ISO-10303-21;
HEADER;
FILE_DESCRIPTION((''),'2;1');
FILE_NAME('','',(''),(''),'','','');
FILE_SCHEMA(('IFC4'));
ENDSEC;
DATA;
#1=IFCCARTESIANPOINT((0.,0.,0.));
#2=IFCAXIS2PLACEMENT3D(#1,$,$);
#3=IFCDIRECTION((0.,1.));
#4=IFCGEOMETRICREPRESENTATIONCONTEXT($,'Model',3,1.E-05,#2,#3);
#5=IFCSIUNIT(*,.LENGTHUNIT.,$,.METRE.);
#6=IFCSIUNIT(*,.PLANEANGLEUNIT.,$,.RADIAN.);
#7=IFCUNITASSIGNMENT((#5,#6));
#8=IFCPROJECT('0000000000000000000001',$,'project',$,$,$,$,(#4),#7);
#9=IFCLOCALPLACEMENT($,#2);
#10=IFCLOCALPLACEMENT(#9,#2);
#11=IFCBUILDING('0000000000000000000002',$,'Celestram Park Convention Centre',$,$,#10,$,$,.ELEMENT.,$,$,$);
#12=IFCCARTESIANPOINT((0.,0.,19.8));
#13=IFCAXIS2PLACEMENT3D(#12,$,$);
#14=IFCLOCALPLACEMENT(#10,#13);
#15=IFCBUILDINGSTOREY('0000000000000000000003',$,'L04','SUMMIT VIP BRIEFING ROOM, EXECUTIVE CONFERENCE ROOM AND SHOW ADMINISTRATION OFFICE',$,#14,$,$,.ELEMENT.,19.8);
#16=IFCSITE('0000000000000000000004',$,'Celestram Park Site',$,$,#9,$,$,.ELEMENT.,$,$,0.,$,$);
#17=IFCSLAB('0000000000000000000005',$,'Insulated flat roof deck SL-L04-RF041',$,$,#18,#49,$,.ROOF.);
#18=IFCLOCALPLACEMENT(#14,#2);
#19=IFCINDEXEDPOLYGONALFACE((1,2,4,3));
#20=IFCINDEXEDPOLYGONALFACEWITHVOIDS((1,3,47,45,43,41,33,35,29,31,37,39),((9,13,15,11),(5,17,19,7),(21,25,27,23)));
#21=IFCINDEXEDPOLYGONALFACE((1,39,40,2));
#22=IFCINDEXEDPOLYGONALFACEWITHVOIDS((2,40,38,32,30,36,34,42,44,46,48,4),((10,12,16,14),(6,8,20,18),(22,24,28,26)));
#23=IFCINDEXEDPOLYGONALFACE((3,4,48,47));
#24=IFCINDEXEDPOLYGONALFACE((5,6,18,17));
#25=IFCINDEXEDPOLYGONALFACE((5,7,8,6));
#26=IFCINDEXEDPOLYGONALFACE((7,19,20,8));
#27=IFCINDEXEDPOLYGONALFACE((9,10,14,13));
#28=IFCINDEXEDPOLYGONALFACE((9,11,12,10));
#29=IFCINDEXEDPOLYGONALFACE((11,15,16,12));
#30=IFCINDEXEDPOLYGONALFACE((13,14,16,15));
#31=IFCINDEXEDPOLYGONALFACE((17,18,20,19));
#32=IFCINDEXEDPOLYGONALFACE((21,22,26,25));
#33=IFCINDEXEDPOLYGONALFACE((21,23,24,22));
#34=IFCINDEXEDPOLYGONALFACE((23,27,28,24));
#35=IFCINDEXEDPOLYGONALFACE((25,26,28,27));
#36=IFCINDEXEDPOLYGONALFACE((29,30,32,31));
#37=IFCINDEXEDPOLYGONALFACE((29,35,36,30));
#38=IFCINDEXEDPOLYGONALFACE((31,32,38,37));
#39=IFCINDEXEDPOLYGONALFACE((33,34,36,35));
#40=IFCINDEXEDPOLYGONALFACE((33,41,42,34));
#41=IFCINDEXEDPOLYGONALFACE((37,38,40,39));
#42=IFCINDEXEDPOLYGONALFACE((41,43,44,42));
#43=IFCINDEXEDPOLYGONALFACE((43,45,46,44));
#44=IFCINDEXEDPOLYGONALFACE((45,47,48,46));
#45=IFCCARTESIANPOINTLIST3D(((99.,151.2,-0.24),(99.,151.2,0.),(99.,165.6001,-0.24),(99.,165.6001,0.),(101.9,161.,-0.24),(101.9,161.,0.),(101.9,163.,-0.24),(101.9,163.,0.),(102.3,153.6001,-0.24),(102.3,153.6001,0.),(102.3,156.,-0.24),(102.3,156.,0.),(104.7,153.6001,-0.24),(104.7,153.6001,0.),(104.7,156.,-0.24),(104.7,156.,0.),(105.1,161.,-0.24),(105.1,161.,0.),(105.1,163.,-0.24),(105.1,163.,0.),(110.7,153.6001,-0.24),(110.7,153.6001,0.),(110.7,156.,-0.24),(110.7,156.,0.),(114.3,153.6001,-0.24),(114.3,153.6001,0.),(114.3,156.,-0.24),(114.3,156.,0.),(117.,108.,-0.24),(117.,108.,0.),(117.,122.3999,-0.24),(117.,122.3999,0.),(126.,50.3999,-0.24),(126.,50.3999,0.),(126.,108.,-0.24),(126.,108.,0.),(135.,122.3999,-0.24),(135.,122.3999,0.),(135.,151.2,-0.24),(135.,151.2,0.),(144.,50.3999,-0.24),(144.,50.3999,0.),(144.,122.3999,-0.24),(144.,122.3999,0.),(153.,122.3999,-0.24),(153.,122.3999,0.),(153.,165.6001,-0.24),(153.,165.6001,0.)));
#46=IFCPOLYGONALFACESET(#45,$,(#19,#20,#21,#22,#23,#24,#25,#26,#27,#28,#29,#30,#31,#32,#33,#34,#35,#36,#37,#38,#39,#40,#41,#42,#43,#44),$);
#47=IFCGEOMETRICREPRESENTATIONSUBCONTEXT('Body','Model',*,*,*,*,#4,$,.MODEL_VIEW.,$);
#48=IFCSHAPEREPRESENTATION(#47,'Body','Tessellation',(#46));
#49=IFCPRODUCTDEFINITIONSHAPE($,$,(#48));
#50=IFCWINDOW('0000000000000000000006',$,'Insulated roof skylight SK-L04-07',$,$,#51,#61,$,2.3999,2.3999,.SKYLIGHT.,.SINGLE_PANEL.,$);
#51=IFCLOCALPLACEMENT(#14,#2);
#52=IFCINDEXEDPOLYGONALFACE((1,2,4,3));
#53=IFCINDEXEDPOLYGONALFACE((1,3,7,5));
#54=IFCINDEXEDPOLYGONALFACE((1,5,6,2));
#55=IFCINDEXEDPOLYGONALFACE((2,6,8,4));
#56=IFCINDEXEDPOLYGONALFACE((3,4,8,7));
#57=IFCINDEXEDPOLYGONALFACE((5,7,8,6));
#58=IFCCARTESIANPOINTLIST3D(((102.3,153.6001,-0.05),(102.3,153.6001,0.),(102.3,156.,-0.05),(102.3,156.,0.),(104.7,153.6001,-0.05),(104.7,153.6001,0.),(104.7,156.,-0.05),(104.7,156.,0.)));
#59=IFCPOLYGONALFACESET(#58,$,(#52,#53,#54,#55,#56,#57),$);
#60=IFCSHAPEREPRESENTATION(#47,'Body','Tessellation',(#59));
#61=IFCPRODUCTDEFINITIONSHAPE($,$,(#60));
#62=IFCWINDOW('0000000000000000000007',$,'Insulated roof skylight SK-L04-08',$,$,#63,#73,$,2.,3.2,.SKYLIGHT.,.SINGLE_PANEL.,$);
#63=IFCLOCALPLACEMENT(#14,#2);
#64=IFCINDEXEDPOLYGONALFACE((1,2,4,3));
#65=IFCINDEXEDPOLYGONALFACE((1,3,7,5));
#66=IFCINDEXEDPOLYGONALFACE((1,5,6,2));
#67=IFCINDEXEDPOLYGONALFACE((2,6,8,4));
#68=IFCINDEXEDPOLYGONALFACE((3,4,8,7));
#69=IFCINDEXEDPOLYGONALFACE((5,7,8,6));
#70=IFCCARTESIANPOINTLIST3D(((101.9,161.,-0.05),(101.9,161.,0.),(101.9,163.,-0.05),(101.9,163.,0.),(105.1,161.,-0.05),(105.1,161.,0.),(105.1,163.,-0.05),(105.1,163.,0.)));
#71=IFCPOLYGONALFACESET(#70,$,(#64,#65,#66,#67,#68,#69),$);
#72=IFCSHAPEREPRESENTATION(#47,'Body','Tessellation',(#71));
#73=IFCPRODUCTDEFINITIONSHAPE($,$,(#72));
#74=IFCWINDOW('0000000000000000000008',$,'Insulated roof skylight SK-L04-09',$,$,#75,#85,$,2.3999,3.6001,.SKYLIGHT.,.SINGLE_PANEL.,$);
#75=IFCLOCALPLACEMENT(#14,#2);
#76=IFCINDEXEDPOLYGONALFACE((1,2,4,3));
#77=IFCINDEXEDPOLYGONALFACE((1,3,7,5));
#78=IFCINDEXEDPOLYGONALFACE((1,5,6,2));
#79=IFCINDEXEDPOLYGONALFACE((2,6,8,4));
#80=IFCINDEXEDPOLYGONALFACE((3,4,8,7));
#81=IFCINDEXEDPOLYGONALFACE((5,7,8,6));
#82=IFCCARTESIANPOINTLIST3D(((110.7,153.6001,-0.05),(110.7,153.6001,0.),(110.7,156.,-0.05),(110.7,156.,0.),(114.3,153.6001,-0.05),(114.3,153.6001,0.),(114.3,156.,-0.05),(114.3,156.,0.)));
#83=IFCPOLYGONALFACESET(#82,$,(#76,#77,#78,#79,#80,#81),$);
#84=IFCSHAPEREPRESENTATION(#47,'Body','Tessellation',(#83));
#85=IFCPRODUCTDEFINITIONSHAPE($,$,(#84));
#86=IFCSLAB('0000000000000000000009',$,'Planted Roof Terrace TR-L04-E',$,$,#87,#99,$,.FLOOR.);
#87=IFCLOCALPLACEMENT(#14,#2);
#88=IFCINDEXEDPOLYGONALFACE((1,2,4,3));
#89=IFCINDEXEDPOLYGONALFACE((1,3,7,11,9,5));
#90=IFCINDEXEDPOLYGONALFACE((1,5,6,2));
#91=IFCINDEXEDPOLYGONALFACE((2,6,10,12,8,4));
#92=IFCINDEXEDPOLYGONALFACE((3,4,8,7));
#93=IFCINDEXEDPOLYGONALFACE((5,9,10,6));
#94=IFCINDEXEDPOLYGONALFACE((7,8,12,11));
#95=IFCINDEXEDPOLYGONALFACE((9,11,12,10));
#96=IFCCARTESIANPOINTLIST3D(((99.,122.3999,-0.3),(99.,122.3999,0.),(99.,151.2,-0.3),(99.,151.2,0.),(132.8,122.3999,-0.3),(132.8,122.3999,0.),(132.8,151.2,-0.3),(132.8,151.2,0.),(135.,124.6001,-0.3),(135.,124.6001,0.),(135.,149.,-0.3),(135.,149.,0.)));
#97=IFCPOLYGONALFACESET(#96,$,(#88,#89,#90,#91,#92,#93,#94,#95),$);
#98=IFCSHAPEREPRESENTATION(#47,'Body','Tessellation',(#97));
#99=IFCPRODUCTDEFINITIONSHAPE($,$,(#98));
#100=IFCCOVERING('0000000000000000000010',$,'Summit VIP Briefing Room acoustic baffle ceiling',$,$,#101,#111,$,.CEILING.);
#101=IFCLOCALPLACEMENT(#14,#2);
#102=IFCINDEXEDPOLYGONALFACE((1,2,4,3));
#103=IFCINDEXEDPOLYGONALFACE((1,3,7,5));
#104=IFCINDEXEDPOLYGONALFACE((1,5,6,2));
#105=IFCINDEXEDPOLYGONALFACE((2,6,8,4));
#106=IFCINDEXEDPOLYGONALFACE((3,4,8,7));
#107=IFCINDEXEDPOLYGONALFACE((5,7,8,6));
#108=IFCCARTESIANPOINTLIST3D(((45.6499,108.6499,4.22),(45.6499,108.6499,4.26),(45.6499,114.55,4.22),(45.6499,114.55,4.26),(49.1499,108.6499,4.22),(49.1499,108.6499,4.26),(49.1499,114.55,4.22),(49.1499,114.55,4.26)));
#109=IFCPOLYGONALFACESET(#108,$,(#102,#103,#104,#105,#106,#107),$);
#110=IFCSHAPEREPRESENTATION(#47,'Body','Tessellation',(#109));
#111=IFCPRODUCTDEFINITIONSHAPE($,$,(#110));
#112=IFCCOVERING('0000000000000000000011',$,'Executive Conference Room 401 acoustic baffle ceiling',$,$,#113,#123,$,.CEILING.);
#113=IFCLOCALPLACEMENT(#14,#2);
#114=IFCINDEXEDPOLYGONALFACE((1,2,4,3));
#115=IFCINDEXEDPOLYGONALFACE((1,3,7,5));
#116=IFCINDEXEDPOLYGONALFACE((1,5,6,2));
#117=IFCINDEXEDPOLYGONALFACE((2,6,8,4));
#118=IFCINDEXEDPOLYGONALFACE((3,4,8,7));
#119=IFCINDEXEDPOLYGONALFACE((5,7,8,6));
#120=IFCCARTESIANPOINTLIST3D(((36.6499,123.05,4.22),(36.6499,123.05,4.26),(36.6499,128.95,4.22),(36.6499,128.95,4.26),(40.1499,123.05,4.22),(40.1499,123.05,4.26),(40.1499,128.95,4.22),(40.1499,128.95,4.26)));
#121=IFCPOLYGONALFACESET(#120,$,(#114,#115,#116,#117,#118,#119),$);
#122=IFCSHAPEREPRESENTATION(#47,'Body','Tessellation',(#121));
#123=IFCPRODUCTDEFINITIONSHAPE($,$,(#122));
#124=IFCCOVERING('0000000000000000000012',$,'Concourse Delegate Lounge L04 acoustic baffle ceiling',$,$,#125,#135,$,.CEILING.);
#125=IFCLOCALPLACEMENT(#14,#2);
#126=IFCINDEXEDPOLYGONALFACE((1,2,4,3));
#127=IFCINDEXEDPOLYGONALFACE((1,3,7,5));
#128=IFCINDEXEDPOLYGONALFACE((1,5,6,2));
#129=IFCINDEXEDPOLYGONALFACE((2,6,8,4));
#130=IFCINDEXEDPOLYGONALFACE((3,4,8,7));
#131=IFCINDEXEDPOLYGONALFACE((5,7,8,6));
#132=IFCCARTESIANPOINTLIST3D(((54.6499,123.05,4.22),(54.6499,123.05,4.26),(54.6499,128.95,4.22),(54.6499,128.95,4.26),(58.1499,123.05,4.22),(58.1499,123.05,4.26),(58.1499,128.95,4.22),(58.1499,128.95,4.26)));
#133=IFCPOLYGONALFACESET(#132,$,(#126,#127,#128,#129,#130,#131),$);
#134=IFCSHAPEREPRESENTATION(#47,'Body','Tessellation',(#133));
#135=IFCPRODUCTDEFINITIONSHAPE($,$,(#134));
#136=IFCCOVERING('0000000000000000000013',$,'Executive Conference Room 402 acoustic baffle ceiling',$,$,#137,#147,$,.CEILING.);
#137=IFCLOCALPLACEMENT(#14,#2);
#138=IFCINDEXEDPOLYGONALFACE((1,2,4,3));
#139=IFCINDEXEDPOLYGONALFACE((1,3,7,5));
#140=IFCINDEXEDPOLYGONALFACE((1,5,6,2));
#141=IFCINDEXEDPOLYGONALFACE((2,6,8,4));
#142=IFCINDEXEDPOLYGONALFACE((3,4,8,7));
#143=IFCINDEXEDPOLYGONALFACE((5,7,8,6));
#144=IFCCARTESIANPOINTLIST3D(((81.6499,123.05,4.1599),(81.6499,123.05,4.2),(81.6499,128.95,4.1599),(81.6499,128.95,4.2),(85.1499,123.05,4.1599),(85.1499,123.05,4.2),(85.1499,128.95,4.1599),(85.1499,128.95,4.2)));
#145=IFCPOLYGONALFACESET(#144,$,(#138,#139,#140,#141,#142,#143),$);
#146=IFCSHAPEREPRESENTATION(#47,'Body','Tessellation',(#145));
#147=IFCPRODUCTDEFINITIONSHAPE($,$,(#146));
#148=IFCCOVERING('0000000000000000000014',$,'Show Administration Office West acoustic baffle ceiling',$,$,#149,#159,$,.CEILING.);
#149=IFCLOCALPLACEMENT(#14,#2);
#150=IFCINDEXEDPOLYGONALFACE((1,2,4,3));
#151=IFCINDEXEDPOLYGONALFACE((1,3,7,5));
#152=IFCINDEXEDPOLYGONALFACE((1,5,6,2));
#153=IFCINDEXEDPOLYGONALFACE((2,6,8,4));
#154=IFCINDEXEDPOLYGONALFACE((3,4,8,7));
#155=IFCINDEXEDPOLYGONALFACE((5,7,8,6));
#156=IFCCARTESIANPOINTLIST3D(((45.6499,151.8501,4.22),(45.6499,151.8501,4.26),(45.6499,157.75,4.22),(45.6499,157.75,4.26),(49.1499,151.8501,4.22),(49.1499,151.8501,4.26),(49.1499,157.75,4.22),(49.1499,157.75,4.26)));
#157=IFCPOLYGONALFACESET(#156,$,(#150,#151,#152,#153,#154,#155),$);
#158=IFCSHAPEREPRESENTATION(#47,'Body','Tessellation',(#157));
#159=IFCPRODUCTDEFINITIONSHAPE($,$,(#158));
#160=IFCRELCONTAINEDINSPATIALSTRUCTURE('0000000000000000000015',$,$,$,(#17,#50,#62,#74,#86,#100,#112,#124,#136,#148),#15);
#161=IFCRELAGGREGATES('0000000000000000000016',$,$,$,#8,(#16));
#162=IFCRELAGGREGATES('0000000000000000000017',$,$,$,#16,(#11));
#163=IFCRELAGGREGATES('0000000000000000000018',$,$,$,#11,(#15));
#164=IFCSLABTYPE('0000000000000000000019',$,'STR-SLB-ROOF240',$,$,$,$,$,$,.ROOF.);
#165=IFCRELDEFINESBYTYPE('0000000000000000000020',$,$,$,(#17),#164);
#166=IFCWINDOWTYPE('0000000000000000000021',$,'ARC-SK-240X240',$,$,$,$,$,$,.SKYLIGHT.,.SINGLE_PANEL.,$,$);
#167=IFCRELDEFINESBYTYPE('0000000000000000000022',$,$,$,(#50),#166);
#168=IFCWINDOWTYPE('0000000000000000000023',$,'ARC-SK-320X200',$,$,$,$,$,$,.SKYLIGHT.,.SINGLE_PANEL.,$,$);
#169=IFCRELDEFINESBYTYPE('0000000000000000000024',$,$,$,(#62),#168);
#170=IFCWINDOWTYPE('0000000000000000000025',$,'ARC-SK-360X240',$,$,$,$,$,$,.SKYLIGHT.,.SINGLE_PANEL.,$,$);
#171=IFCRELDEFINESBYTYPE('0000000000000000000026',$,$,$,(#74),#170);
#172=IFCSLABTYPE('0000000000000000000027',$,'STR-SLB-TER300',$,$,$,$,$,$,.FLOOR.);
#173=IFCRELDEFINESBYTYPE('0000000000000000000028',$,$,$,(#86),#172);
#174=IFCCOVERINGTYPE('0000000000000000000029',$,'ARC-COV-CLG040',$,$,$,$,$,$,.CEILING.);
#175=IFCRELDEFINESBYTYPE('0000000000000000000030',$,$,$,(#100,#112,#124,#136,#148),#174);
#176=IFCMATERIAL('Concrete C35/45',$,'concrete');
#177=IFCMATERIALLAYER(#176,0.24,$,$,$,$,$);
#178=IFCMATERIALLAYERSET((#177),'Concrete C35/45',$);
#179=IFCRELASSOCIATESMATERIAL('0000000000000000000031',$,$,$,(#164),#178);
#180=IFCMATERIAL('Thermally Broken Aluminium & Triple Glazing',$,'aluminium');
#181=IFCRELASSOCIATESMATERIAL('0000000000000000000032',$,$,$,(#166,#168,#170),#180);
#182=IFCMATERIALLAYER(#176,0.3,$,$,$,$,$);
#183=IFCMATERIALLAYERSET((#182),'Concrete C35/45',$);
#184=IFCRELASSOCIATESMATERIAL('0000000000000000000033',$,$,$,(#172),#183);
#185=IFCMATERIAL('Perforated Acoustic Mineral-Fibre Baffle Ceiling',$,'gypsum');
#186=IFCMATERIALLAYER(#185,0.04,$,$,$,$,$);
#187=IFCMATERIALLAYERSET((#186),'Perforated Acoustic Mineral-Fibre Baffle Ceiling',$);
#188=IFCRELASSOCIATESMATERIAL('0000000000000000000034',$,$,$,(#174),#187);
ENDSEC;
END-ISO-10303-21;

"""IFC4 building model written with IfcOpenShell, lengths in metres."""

from ifc_helpers import new_model, si_unit, direction, frame, origin, origin_2d, place, context, subcontext, project, spatial, polyline, rectangle, outline, extrude, material, layer, layer_set, type_object, element, fill, save


model = new_model("IFC4")

# Units and contexts
model_context = context("Model", 3, precision=1e-05, world=origin(), true_north=direction((0.0, 1.0)))
body_context = subcontext(model_context, "Body", "Model", "MODEL_VIEW")
ifc_project = project(units=[si_unit("LENGTHUNIT", "METRE"), si_unit("PLANEANGLEUNIT", "RADIAN")], contexts=[model_context])

# Site, building, storey
site_placement = place(None, origin())
site = spatial("IfcSite", under=ifc_project, at=site_placement, Name="Celestram Park Site", CompositionType="ELEMENT", RefElevation=0.0)
building_placement = place(site_placement, origin())
building = spatial("IfcBuilding", under=site, at=building_placement, Name="Celestram Park Convention Centre", CompositionType="ELEMENT")
storey_placement = place(building_placement, frame((0.0, 0.0, 19.8)))
storey = spatial("IfcBuildingStorey", under=building, at=storey_placement, Name="L04", Description="SUMMIT VIP BRIEFING ROOM, EXECUTIVE CONFERENCE ROOM AND SHOW ADMINISTRATION OFFICE", CompositionType="ELEMENT", Elevation=19.8)

# Shared definitions
ifc_material_1 = material(Name="Concrete C35/45", Category="concrete")

# Slab, openings, windows
ifc_layer_1 = layer(ifc_material_1, 0.24)
ifc_layer_set_1 = layer_set([ifc_layer_1], Name="Concrete C35/45")
slab_type_1 = type_object("IfcSlabType", Name="STR-SLB-ROOF240", PredefinedType="ROOF", material=ifc_layer_set_1)
slab_1_placement = place(storey_placement, frame((0.0, 0.0, -0.24)))
slab_1 = element("IfcSlab", 1, at=slab_1_placement, inside=storey, type_object=slab_type_1, Name="Insulated flat roof deck SL-L04-RF041", PredefinedType="ROOF", context=body_context, shape_type="SweptSolid", body=[
    extrude(outline(polyline([(126.0, 108.0), (117.0, 108.0), (117.0, 122.3999), (135.0, 122.3999), (135.0, 151.2), (99.0, 151.2), (99.0, 165.6001), (153.0, 165.6001), (153.0, 122.3999), (144.0, 122.3999), (144.0, 50.3999), (126.0, 50.3999), (126.0, 108.0)])), origin(), (0.0, 0.0, 1.0), 0.24),
])
opening_1_placement = place(slab_1_placement, frame((103.5, 154.8, -0.01)))
opening_1 = element("IfcOpeningElement", 2, at=opening_1_placement, cuts=slab_1, PredefinedType="OPENING", context=body_context, shape_type="SweptSolid", body=[
    extrude(rectangle(XDim=2.3999, YDim=2.3999, at=origin_2d()), origin(), (0.0, 0.0, 1.0), 0.26),
])
opening_2_placement = place(slab_1_placement, frame((103.5, 162.0, -0.01)))
opening_2 = element("IfcOpeningElement", 3, at=opening_2_placement, cuts=slab_1, PredefinedType="OPENING", context=body_context, shape_type="SweptSolid", body=[
    extrude(rectangle(XDim=3.2, YDim=2.0, at=origin_2d()), origin(), (0.0, 0.0, 1.0), 0.26),
])
opening_3_placement = place(slab_1_placement, frame((112.5, 154.8, -0.01)))
opening_3 = element("IfcOpeningElement", 4, at=opening_3_placement, cuts=slab_1, PredefinedType="OPENING", context=body_context, shape_type="SweptSolid", body=[
    extrude(rectangle(XDim=3.6001, YDim=2.3999, at=origin_2d()), origin(), (0.0, 0.0, 1.0), 0.26),
])
ifc_material_2 = material(Name="Thermally Broken Aluminium & Triple Glazing", Category="aluminium")
window_type_1 = type_object("IfcWindowType", Name="ARC-SK-240X240", PartitioningType="SINGLE_PANEL", PredefinedType="SKYLIGHT", material=ifc_material_2)
window_1_placement = place(opening_1_placement, frame((0.0, 0.0, 0.2)))
window_1 = element("IfcWindow", 5, at=window_1_placement, inside=storey, type_object=window_type_1, Name="Insulated roof skylight SK-L04-07", OverallHeight=2.3999, OverallWidth=2.3999, PartitioningType="SINGLE_PANEL", PredefinedType="SKYLIGHT", context=body_context, shape_type="SweptSolid", body=[
    extrude(rectangle(XDim=2.3999, YDim=2.3999, at=origin_2d()), origin(), (0.0, 0.0, 1.0), 0.05),
])
fill(opening_1, window_1)
window_type_2 = type_object("IfcWindowType", Name="ARC-SK-320X200", PartitioningType="SINGLE_PANEL", PredefinedType="SKYLIGHT", material=ifc_material_2)
window_2_placement = place(opening_2_placement, frame((0.0, 0.0, 0.2)))
window_2 = element("IfcWindow", 6, at=window_2_placement, inside=storey, type_object=window_type_2, Name="Insulated roof skylight SK-L04-08", OverallHeight=2.0, OverallWidth=3.2, PartitioningType="SINGLE_PANEL", PredefinedType="SKYLIGHT", context=body_context, shape_type="SweptSolid", body=[
    extrude(rectangle(XDim=3.2, YDim=2.0, at=origin_2d()), origin(), (0.0, 0.0, 1.0), 0.05),
])
fill(opening_2, window_2)
window_type_3 = type_object("IfcWindowType", Name="ARC-SK-360X240", PartitioningType="SINGLE_PANEL", PredefinedType="SKYLIGHT", material=ifc_material_2)
window_3_placement = place(opening_3_placement, frame((0.0, 0.0, 0.2)))
window_3 = element("IfcWindow", 7, at=window_3_placement, inside=storey, type_object=window_type_3, Name="Insulated roof skylight SK-L04-09", OverallHeight=2.3999, OverallWidth=3.6001, PartitioningType="SINGLE_PANEL", PredefinedType="SKYLIGHT", context=body_context, shape_type="SweptSolid", body=[
    extrude(rectangle(XDim=3.6001, YDim=2.3999, at=origin_2d()), origin(), (0.0, 0.0, 1.0), 0.05),
])
fill(opening_3, window_3)

# Slab
ifc_layer_2 = layer(ifc_material_1, 0.3)
ifc_layer_set_2 = layer_set([ifc_layer_2], Name="Concrete C35/45")
slab_type_2 = type_object("IfcSlabType", Name="STR-SLB-TER300", PredefinedType="FLOOR", material=ifc_layer_set_2)
slab_2_placement = place(storey_placement, frame((0.0, 0.0, -0.3)))
element("IfcSlab", 8, at=slab_2_placement, inside=storey, type_object=slab_type_2, Name="Planted Roof Terrace TR-L04-E", PredefinedType="FLOOR", context=body_context, shape_type="SweptSolid", body=[
    extrude(outline(polyline([(99.0, 122.3999), (132.8, 122.3999), (135.0, 124.6001), (135.0, 149.0), (132.8, 151.2), (99.0, 151.2), (99.0, 122.3999)])), origin(), (0.0, 0.0, 1.0), 0.3),
])

# Coverings
ifc_material_3 = material(Name="Perforated Acoustic Mineral-Fibre Baffle Ceiling", Category="gypsum")
ifc_layer_3 = layer(ifc_material_3, 0.04)
ifc_layer_set_3 = layer_set([ifc_layer_3], Name="Perforated Acoustic Mineral-Fibre Baffle Ceiling")
covering_type_1 = type_object("IfcCoveringType", Name="ARC-COV-CLG040", PredefinedType="CEILING", material=ifc_layer_set_3)
covering_1_placement = place(storey_placement, frame((0.0, 0.0, 4.22)))
element("IfcCovering", 9, at=covering_1_placement, inside=storey, type_object=covering_type_1, Name="Summit VIP Briefing Room acoustic baffle ceiling", PredefinedType="CEILING", context=body_context, shape_type="SweptSolid", body=[
    extrude(outline(polyline([(45.6499, 108.6499), (49.1499, 108.6499), (49.1499, 114.55), (45.6499, 114.55), (45.6499, 108.6499)])), origin(), (0.0, 0.0, 1.0), 0.04),
])
covering_2_placement = place(storey_placement, frame((0.0, 0.0, 4.22)))
element("IfcCovering", 10, at=covering_2_placement, inside=storey, type_object=covering_type_1, Name="Executive Conference Room 401 acoustic baffle ceiling", PredefinedType="CEILING", context=body_context, shape_type="SweptSolid", body=[
    extrude(outline(polyline([(36.6499, 123.05), (40.1499, 123.05), (40.1499, 128.95), (36.6499, 128.95), (36.6499, 123.05)])), origin(), (0.0, 0.0, 1.0), 0.04),
])
covering_3_placement = place(storey_placement, frame((0.0, 0.0, 4.22)))
element("IfcCovering", 11, at=covering_3_placement, inside=storey, type_object=covering_type_1, Name="Concourse Delegate Lounge L04 acoustic baffle ceiling", PredefinedType="CEILING", context=body_context, shape_type="SweptSolid", body=[
    extrude(outline(polyline([(54.6499, 123.05), (58.1499, 123.05), (58.1499, 128.95), (54.6499, 128.95), (54.6499, 123.05)])), origin(), (0.0, 0.0, 1.0), 0.04),
])
covering_4_placement = place(storey_placement, frame((0.0, 0.0, 4.1599)))
element("IfcCovering", 12, at=covering_4_placement, inside=storey, type_object=covering_type_1, Name="Executive Conference Room 402 acoustic baffle ceiling", PredefinedType="CEILING", context=body_context, shape_type="SweptSolid", body=[
    extrude(outline(polyline([(81.6499, 123.05), (85.1499, 123.05), (85.1499, 128.95), (81.6499, 128.95), (81.6499, 123.05)])), origin(), (0.0, 0.0, 1.0), 0.04),
])
covering_5_placement = place(storey_placement, frame((0.0, 0.0, 4.22)))
element("IfcCovering", 13, at=covering_5_placement, inside=storey, type_object=covering_type_1, Name="Show Administration Office West acoustic baffle ceiling", PredefinedType="CEILING", context=body_context, shape_type="SweptSolid", body=[
    extrude(outline(polyline([(45.6499, 151.8501), (49.1499, 151.8501), (49.1499, 157.75), (45.6499, 157.75), (45.6499, 151.8501)])), origin(), (0.0, 0.0, 1.0), 0.04),
])

save(model, "model.ifc")
